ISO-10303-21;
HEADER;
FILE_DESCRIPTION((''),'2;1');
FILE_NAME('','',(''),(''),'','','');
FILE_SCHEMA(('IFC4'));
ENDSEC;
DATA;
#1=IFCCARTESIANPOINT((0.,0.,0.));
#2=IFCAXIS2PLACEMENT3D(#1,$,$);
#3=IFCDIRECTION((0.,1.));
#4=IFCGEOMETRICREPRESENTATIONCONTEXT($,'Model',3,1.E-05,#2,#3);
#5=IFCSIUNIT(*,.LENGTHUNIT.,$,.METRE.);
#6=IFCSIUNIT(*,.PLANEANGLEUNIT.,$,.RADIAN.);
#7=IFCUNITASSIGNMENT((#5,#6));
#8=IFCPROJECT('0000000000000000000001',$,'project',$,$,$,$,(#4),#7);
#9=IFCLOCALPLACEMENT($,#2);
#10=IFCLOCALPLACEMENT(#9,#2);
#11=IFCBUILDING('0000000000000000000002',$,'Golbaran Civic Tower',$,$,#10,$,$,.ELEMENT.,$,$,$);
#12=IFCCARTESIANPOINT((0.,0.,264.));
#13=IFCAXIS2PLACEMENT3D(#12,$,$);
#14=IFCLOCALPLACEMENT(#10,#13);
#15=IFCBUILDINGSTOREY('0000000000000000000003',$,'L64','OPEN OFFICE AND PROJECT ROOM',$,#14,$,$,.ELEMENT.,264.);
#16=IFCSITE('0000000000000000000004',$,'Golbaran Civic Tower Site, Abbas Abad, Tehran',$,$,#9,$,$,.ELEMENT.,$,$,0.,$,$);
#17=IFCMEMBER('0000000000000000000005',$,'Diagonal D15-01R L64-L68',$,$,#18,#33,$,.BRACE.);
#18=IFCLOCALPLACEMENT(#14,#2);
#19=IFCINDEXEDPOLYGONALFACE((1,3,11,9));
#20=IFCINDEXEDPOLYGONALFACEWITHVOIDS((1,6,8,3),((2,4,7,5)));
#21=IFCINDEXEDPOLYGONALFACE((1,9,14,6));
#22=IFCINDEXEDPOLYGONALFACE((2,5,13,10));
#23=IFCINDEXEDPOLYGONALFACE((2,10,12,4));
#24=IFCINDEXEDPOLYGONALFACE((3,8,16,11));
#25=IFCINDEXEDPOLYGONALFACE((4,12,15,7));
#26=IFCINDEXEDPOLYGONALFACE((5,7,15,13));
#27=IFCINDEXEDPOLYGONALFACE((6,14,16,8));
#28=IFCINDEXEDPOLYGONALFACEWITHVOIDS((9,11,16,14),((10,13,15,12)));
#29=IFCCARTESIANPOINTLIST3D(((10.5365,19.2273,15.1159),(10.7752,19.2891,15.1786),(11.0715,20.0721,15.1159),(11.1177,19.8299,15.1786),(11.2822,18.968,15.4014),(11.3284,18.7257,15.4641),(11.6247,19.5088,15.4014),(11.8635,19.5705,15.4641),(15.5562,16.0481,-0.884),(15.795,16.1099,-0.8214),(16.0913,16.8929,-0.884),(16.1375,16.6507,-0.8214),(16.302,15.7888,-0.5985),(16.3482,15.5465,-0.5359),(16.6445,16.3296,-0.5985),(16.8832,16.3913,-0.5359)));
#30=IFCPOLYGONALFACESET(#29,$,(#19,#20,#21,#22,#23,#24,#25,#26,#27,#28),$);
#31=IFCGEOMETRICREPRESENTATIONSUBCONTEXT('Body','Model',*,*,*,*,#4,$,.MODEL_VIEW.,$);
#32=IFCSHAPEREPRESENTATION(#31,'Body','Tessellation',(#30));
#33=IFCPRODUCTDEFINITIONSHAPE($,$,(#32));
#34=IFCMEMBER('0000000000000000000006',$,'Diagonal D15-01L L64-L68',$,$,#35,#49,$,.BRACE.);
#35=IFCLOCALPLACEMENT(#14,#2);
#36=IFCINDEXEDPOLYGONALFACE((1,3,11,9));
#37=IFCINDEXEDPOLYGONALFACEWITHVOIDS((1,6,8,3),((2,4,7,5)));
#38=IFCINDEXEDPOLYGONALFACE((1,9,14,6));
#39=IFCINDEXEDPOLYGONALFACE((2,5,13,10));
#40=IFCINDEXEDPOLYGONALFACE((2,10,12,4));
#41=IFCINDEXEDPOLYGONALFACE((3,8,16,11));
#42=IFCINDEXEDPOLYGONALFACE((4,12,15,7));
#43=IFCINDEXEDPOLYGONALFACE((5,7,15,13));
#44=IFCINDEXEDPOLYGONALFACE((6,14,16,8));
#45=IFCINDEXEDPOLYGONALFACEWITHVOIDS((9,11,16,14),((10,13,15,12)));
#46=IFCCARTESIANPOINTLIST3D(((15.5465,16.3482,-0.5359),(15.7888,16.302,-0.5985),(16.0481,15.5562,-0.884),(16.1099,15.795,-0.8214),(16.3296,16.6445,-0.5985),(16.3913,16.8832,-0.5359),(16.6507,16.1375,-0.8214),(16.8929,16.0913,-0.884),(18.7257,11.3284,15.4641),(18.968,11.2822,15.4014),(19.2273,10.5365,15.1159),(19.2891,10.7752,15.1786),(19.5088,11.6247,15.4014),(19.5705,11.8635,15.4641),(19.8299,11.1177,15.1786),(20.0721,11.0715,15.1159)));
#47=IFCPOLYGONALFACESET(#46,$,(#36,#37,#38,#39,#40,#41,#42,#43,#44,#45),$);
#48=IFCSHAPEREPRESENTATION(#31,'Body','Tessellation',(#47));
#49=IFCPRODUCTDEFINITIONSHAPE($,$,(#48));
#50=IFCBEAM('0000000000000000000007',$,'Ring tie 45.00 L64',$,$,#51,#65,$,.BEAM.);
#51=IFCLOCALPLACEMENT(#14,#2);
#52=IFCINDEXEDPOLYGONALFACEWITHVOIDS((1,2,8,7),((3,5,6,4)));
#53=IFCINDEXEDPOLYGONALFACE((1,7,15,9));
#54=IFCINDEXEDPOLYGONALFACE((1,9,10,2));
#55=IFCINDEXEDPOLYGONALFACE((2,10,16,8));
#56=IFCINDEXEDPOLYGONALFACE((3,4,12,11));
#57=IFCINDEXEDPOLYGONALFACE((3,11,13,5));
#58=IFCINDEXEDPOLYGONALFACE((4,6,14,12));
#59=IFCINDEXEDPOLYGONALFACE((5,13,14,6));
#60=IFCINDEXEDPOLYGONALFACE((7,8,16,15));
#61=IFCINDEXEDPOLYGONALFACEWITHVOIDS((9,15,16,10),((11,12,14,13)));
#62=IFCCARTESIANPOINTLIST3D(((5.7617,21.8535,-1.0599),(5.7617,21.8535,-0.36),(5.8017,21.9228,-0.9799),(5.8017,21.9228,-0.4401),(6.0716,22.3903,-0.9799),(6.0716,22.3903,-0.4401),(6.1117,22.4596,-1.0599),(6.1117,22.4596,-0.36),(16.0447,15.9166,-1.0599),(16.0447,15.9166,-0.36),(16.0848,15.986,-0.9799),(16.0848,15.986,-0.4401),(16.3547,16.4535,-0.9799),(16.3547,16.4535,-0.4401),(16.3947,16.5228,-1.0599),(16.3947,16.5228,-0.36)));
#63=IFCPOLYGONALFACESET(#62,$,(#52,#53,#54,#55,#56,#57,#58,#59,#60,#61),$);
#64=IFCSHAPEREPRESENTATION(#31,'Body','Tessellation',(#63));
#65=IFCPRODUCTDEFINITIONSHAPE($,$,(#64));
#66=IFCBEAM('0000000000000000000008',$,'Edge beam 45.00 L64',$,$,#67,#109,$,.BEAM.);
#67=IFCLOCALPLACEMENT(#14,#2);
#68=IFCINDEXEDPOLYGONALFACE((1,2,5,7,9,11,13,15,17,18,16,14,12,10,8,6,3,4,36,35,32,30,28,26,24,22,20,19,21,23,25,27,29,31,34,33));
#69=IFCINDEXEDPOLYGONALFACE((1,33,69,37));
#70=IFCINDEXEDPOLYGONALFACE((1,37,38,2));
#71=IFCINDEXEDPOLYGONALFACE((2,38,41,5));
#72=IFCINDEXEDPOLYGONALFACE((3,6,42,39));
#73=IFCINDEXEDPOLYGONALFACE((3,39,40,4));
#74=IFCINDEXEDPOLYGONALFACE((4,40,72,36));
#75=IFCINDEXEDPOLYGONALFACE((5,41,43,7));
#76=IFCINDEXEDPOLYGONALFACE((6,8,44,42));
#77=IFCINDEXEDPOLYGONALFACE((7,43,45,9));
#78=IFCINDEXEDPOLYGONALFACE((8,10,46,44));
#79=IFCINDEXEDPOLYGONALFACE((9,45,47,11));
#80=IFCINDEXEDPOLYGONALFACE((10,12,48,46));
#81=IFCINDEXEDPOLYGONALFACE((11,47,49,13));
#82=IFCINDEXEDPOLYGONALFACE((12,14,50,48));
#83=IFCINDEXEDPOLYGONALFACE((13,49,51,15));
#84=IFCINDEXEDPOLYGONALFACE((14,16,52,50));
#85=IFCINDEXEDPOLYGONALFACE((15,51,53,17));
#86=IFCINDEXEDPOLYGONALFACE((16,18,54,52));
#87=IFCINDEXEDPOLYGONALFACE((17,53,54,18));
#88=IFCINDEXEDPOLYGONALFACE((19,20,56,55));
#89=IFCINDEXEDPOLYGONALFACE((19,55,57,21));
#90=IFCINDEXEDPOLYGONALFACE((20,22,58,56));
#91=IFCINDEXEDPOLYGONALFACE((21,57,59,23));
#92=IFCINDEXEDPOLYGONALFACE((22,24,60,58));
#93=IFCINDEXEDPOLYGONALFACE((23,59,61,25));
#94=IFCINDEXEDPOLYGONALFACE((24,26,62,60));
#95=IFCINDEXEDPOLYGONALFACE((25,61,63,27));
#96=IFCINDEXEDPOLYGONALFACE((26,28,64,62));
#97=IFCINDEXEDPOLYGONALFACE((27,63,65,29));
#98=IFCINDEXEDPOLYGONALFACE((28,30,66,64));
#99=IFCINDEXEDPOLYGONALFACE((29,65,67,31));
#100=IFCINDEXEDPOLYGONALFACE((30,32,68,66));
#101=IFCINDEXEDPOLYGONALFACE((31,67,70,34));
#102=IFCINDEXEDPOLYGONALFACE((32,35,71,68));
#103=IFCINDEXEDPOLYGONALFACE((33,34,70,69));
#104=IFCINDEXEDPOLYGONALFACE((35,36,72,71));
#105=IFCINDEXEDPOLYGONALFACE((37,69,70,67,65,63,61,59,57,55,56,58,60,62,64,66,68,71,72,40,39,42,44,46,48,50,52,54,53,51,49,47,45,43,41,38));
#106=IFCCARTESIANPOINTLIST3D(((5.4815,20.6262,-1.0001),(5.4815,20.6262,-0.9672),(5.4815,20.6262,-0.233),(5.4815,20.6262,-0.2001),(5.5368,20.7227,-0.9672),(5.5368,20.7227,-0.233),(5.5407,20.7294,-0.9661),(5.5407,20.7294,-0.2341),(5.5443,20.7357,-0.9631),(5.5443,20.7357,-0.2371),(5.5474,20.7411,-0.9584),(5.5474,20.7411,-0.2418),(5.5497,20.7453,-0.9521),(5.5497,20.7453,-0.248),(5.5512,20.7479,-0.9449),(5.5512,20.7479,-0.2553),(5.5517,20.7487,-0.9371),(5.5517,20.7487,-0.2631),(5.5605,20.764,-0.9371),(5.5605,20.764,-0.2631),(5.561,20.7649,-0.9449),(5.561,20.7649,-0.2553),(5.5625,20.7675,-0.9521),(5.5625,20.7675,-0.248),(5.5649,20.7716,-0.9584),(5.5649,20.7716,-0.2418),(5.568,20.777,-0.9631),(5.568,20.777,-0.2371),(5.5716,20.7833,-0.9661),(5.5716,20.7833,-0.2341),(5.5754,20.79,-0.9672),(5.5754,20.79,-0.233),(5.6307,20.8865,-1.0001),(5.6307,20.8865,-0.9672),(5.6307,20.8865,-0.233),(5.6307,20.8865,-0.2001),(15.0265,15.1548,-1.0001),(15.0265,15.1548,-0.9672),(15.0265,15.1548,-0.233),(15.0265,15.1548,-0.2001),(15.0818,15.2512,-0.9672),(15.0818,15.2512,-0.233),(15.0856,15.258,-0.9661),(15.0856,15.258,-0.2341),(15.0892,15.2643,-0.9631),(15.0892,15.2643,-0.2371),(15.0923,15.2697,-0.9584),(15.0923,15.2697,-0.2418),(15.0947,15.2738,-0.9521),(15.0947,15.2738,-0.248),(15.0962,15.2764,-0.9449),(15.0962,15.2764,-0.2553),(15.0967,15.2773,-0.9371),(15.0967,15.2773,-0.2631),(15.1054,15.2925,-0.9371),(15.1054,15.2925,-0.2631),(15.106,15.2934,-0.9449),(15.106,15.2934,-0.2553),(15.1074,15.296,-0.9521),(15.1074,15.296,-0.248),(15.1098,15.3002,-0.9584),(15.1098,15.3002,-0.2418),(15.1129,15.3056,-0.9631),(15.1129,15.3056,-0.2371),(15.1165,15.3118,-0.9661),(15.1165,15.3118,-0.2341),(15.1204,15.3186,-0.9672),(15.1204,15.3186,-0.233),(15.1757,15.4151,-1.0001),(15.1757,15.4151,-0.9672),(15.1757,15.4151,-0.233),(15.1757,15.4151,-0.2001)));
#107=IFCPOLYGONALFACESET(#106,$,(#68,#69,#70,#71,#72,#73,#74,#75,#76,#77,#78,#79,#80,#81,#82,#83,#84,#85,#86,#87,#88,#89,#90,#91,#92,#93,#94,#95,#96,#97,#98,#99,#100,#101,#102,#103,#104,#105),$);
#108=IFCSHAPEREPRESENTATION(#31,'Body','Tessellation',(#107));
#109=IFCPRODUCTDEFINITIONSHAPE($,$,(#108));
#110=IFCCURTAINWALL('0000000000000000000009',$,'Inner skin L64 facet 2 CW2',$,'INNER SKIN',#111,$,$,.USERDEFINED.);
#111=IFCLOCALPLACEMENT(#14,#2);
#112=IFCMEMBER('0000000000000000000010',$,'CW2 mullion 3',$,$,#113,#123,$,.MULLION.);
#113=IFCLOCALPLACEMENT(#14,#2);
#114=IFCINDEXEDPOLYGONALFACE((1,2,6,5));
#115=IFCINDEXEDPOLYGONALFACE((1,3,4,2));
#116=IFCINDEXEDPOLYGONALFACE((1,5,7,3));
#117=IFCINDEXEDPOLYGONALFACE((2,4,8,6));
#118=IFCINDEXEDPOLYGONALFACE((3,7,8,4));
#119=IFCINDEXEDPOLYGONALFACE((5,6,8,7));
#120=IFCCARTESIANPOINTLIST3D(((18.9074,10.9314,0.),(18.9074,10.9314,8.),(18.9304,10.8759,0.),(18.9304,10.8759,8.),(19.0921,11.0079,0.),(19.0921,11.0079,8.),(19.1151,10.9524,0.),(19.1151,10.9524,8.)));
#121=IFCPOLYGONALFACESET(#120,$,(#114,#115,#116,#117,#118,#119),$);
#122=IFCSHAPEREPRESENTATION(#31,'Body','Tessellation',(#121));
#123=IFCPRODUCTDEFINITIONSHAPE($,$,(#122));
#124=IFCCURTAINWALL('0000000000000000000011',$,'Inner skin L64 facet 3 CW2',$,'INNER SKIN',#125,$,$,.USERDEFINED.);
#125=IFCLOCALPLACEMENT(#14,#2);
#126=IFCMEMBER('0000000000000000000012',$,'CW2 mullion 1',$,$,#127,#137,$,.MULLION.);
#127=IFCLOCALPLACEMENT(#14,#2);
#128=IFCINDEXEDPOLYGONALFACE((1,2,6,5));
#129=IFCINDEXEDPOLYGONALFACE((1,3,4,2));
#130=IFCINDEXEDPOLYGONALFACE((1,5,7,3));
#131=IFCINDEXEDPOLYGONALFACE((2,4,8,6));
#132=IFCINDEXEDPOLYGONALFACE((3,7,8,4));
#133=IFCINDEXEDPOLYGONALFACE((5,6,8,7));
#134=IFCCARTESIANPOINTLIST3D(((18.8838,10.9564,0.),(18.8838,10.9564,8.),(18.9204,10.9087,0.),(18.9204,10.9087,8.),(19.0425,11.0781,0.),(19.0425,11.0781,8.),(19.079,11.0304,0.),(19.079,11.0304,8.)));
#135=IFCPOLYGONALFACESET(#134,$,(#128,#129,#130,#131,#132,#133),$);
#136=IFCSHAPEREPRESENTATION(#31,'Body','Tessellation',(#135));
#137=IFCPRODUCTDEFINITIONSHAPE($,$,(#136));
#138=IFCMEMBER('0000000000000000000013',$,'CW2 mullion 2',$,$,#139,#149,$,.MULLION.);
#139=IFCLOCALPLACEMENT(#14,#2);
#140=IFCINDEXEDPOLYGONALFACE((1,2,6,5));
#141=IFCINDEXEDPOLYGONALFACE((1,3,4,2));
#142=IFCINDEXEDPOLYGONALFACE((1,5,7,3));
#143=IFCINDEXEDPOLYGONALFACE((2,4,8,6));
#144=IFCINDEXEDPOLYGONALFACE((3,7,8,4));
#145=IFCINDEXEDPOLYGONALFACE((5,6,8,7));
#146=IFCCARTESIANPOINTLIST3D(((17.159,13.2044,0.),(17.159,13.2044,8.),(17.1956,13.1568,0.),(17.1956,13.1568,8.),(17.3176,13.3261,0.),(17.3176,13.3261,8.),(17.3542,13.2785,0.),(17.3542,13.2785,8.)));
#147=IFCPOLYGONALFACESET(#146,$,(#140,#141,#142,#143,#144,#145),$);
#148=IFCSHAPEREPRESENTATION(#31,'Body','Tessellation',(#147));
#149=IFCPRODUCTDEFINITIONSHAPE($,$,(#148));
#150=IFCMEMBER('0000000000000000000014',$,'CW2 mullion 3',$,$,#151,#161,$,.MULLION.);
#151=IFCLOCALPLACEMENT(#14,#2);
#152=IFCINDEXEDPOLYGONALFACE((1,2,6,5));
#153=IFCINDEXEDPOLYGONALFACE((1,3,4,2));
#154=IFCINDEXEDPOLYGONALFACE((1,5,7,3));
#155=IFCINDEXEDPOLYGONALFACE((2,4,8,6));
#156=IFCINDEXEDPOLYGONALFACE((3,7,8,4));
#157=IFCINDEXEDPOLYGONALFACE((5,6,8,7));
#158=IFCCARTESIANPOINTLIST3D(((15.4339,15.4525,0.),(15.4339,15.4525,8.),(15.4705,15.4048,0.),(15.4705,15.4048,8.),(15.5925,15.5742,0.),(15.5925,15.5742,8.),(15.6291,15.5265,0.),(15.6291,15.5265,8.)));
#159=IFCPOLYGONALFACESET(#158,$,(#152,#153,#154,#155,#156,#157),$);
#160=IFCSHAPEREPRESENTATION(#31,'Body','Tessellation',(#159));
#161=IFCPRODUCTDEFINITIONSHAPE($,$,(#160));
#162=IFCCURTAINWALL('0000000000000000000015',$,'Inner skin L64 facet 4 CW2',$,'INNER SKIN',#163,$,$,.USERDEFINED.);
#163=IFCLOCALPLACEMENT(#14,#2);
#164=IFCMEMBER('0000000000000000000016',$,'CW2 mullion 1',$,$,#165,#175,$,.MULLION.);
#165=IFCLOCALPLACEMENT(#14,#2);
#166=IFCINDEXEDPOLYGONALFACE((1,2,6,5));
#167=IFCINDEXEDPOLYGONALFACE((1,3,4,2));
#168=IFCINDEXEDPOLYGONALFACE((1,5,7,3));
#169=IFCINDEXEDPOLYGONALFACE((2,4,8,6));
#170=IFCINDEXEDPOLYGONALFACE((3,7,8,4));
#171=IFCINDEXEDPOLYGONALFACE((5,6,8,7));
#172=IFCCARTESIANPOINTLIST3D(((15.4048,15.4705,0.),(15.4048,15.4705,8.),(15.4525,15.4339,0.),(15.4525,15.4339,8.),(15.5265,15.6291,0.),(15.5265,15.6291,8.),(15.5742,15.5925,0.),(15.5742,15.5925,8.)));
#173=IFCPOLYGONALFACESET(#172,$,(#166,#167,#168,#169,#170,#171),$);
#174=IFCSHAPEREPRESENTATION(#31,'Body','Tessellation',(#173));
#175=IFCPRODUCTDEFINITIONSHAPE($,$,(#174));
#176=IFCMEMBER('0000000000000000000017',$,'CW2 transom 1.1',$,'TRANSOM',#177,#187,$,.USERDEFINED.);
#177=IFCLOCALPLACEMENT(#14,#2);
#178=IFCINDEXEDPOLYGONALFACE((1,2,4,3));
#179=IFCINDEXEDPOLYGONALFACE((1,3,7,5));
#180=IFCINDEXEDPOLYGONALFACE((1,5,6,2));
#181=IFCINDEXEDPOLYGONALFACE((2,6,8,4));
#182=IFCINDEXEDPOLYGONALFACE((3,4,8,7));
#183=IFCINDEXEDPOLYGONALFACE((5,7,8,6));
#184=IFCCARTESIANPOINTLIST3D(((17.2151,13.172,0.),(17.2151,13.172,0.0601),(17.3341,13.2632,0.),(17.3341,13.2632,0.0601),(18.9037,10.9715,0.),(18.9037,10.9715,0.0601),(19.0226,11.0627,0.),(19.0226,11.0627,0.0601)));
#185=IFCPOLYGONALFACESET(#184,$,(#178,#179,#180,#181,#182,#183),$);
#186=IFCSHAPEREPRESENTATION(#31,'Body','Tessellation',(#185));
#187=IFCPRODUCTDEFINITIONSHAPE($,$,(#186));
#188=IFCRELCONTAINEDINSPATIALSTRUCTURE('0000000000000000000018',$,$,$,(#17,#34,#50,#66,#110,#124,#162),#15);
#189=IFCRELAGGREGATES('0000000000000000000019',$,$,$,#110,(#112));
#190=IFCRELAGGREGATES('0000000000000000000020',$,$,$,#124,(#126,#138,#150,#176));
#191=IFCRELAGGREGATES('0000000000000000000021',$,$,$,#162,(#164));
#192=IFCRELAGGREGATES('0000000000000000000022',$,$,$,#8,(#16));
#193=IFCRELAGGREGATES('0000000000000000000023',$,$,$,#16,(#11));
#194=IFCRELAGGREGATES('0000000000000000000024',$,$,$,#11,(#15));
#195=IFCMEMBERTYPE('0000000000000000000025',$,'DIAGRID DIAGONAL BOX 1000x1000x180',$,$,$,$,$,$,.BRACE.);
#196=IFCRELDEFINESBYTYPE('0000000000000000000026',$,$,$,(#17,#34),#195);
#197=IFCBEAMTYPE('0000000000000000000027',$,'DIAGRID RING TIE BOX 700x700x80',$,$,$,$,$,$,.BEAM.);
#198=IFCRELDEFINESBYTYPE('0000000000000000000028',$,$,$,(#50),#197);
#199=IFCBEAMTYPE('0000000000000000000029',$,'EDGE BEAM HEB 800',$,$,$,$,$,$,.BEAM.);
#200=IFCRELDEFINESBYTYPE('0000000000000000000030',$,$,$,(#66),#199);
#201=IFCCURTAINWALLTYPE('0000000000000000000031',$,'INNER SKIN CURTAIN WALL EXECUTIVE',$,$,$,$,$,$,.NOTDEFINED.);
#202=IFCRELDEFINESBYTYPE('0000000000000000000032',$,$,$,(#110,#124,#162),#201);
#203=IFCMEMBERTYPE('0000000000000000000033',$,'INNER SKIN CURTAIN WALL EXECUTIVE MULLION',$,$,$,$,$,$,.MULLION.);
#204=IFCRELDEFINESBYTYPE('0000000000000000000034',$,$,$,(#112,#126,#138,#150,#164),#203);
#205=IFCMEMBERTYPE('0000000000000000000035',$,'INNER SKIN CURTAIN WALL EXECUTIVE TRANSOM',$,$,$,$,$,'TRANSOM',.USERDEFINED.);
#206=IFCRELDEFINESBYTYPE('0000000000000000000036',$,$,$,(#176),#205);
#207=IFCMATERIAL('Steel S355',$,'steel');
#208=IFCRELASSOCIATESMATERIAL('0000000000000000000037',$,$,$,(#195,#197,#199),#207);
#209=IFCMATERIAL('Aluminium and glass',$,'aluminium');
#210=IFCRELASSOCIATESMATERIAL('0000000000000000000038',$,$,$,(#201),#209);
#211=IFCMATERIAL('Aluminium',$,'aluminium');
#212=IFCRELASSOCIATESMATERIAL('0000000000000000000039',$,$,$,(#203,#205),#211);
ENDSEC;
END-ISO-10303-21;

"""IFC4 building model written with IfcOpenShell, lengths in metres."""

from ifc_helpers import new_model, si_unit, direction, frame, origin, origin_2d, place, context, subcontext, project, spatial, rectangle, hollow_rectangle, i_section, extrude, material, material_profile, profile_set, type_object, element, aggregate, save


model = new_model("IFC4")

# Units and contexts
model_context = context("Model", 3, precision=1e-05, world=origin(), true_north=direction((0.0, 1.0)))
body_context = subcontext(model_context, "Body", "Model", "MODEL_VIEW")
ifc_project = project(units=[si_unit("LENGTHUNIT", "METRE"), si_unit("PLANEANGLEUNIT", "RADIAN")], contexts=[model_context])

# Site, building, storey
site_placement = place(None, origin())
site = spatial("IfcSite", under=ifc_project, at=site_placement, Name="Golbaran Civic Tower Site, Abbas Abad, Tehran", CompositionType="ELEMENT", RefElevation=0.0)
building_placement = place(site_placement, origin())
building = spatial("IfcBuilding", under=site, at=building_placement, Name="Golbaran Civic Tower", CompositionType="ELEMENT")
storey_placement = place(building_placement, frame((0.0, 0.0, 264.0)))
storey = spatial("IfcBuildingStorey", under=building, at=storey_placement, Name="L64", Description="OPEN OFFICE AND PROJECT ROOM", CompositionType="ELEMENT", Elevation=264.0)

# Members
ifc_material_1 = material(Name="Steel S355", Category="steel")
ifc_material_profile_1 = material_profile(ifc_material_1, hollow_rectangle(XDim=1.0, YDim=1.0, WallThickness=0.1799, at=origin_2d()), Name="BOX 1000x1000x180")
ifc_profile_set_1 = profile_set([ifc_material_profile_1], Name="Steel S355")
member_type_1 = type_object("IfcMemberType", Name="DIAGRID DIAGONAL BOX 1000x1000x180", PredefinedType="BRACE", material=ifc_profile_set_1)
for number, where, z_axis, x_axis, name in (
    (1, (16.2197, 16.2197, -0.71), (-0.29411, 0.18627, 0.937445), (-0.535053, -0.844818, 0.0), "Diagonal D15-01R L64-L68"),
    (2, (16.2197, 16.2197, -0.71), (0.18627, -0.29411, 0.937445), (0.844818, 0.535053, 0.0), "Diagonal D15-01L L64-L68"),
):
    element("IfcMember", number, at=place(storey_placement, frame(where, z_axis=z_axis, x_axis=x_axis)), inside=storey, type_object=member_type_1, Name=name, PredefinedType="BRACE", context=body_context, shape_type="SweptSolid", body=[
        extrude(hollow_rectangle(XDim=1.0, YDim=1.0, WallThickness=0.1799, at=origin_2d()), origin(), (0.0, 0.0, 1.0), 17.0676),
    ])

# Beams
ifc_material_profile_2 = material_profile(ifc_material_1, hollow_rectangle(XDim=0.7, YDim=0.7, WallThickness=0.0801, at=origin_2d()), Name="BOX 700x700x80")
ifc_profile_set_2 = profile_set([ifc_material_profile_2], Name="Steel S355")
beam_type_1 = type_object("IfcBeamType", Name="DIAGRID RING TIE BOX 700x700x80", PredefinedType="BEAM", material=ifc_profile_set_2)
beam_1_placement = place(storey_placement, frame((16.2197, 16.2197, -0.71), z_axis=(-0.866029, 0.499994, 0.0), x_axis=(-0.499994, -0.866029, 0.0)))
element("IfcBeam", 3, at=beam_1_placement, inside=storey, type_object=beam_type_1, Name="Ring tie 45.00 L64", PredefinedType="BEAM", context=body_context, shape_type="SweptSolid", body=[
    extrude(hollow_rectangle(XDim=0.7, YDim=0.7, WallThickness=0.0801, at=origin_2d()), origin(), (0.0, 0.0, 1.0), 11.8738),
])
ifc_material_profile_3 = material_profile(ifc_material_1, i_section(OverallWidth=0.3, OverallDepth=0.8, WebThickness=0.0176, FlangeThickness=0.033, FilletRadius=0.03, at=origin_2d()), Name="HEB 800")
ifc_profile_set_3 = profile_set([ifc_material_profile_3], Name="Steel S355")
beam_type_2 = type_object("IfcBeamType", Name="EDGE BEAM HEB 800", PredefinedType="BEAM", material=ifc_profile_set_3)
beam_2_placement = place(storey_placement, frame((15.1011, 15.2849, -0.6001), z_axis=(-0.867569, 0.497317, 0.0), x_axis=(-0.497317, -0.867569, 0.0)))
element("IfcBeam", 4, at=beam_2_placement, inside=storey, type_object=beam_type_2, Name="Edge beam 45.00 L64", PredefinedType="BEAM", context=body_context, shape_type="SweptSolid", body=[
    extrude(i_section(OverallWidth=0.3, OverallDepth=0.8, WebThickness=0.0176, FlangeThickness=0.033, FilletRadius=0.03, at=origin_2d()), origin(), (0.0, 0.0, 1.0), 11.002),
])

# Curtain wall, member
ifc_material_2 = material(Name="Aluminium and glass", Category="aluminium")
curtain_wall_type_1 = type_object("IfcCurtainWallType", Name="INNER SKIN CURTAIN WALL EXECUTIVE", PredefinedType="NOTDEFINED", material=ifc_material_2)
curtain_wall_1_placement = place(storey_placement, origin())
curtain_wall_1 = element("IfcCurtainWall", 5, at=curtain_wall_1_placement, inside=storey, type_object=curtain_wall_type_1, Name="Inner skin L64 facet 2 CW2", ObjectType="INNER SKIN", PredefinedType="USERDEFINED")
ifc_material_3 = material(Name="Aluminium", Category="aluminium")
ifc_material_profile_4 = material_profile(ifc_material_3, rectangle(XDim=0.2, YDim=0.0601, at=origin_2d()), Name="INNER SKIN CURTAIN WALL EXECUTIVE MULLION")
ifc_profile_set_4 = profile_set([ifc_material_profile_4], Name="Aluminium")
member_type_2 = type_object("IfcMemberType", Name="INNER SKIN CURTAIN WALL EXECUTIVE MULLION", PredefinedType="MULLION", material=ifc_profile_set_4)
member_1_placement = place(storey_placement, frame((19.0112, 10.9419, 0.0), z_axis=(0.0, 0.0, 1.0), x_axis=(-0.92388, -0.382683, 0.0)))
member_1 = element("IfcMember", 6, at=member_1_placement, type_object=member_type_2, Name="CW2 mullion 3", PredefinedType="MULLION", context=body_context, shape_type="SweptSolid", body=[
    extrude(rectangle(XDim=0.2, YDim=0.0601, at=origin_2d()), origin(), (0.0, 0.0, 1.0), 8.0),
])

# Curtain wall, members
curtain_wall_2_placement = place(storey_placement, origin())
curtain_wall_2 = element("IfcCurtainWall", 7, at=curtain_wall_2_placement, inside=storey, type_object=curtain_wall_type_1, Name="Inner skin L64 facet 3 CW2", ObjectType="INNER SKIN", PredefinedType="USERDEFINED")
member_2_placement = place(storey_placement, frame((18.9814, 10.9934, 0.0), z_axis=(0.0, 0.0, 1.0), x_axis=(-0.793353, -0.608761, 0.0)))
member_2 = element("IfcMember", 8, at=member_2_placement, type_object=member_type_2, Name="CW2 mullion 1", PredefinedType="MULLION", context=body_context, shape_type="SweptSolid", body=[
    extrude(rectangle(XDim=0.2, YDim=0.0601, at=origin_2d()), origin(), (0.0, 0.0, 1.0), 8.0),
])
member_3_placement = place(storey_placement, frame((17.2566, 13.2415, 0.0), z_axis=(0.0, 0.0, 1.0), x_axis=(-0.793353, -0.608761, 0.0)))
member_3 = element("IfcMember", 9, at=member_3_placement, type_object=member_type_2, Name="CW2 mullion 2", PredefinedType="MULLION", context=body_context, shape_type="SweptSolid", body=[
    extrude(rectangle(XDim=0.2, YDim=0.0601, at=origin_2d()), origin(), (0.0, 0.0, 1.0), 8.0),
])
member_4_placement = place(storey_placement, frame((15.5315, 15.4895, 0.0), z_axis=(0.0, 0.0, 1.0), x_axis=(-0.793353, -0.608761, 0.0)))
member_4 = element("IfcMember", 10, at=member_4_placement, type_object=member_type_2, Name="CW2 mullion 3", PredefinedType="MULLION", context=body_context, shape_type="SweptSolid", body=[
    extrude(rectangle(XDim=0.2, YDim=0.0601, at=origin_2d()), origin(), (0.0, 0.0, 1.0), 8.0),
])

# Curtain wall, member
curtain_wall_3_placement = place(storey_placement, origin())
curtain_wall_3 = element("IfcCurtainWall", 11, at=curtain_wall_3_placement, inside=storey, type_object=curtain_wall_type_1, Name="Inner skin L64 facet 4 CW2", ObjectType="INNER SKIN", PredefinedType="USERDEFINED")
member_5_placement = place(storey_placement, frame((15.4895, 15.5315, 0.0), z_axis=(0.0, 0.0, 1.0), x_axis=(-0.608761, -0.793353, 0.0)))
member_5 = element("IfcMember", 12, at=member_5_placement, type_object=member_type_2, Name="CW2 mullion 1", PredefinedType="MULLION", context=body_context, shape_type="SweptSolid", body=[
    extrude(rectangle(XDim=0.2, YDim=0.0601, at=origin_2d()), origin(), (0.0, 0.0, 1.0), 8.0),
])

# Member
ifc_material_profile_5 = material_profile(ifc_material_3, rectangle(XDim=0.1499, YDim=0.0601, at=origin_2d()), Name="INNER SKIN CURTAIN WALL EXECUTIVE TRANSOM")
ifc_profile_set_5 = profile_set([ifc_material_profile_5], Name="Aluminium")
member_type_3 = type_object("IfcMemberType", Name="INNER SKIN CURTAIN WALL EXECUTIVE TRANSOM", ElementType="TRANSOM", PredefinedType="USERDEFINED", material=ifc_profile_set_5)
member_6_placement = place(storey_placement, frame((18.9631, 11.0171, 0.03), z_axis=(-0.608766, 0.79335, 0.0), x_axis=(-0.79335, -0.608766, 0.0)))
member_6 = element("IfcMember", 13, at=member_6_placement, type_object=member_type_3, Name="CW2 transom 1.1", ObjectType="TRANSOM", PredefinedType="USERDEFINED", context=body_context, shape_type="SweptSolid", body=[
    extrude(rectangle(XDim=0.1499, YDim=0.0601, at=origin_2d()), origin(), (0.0, 0.0, 1.0), 2.7737),
])

aggregate(curtain_wall_1, [member_1])
aggregate(curtain_wall_2, [member_2, member_3, member_4, member_6])
aggregate(curtain_wall_3, [member_5])

save(model, "model.ifc")
